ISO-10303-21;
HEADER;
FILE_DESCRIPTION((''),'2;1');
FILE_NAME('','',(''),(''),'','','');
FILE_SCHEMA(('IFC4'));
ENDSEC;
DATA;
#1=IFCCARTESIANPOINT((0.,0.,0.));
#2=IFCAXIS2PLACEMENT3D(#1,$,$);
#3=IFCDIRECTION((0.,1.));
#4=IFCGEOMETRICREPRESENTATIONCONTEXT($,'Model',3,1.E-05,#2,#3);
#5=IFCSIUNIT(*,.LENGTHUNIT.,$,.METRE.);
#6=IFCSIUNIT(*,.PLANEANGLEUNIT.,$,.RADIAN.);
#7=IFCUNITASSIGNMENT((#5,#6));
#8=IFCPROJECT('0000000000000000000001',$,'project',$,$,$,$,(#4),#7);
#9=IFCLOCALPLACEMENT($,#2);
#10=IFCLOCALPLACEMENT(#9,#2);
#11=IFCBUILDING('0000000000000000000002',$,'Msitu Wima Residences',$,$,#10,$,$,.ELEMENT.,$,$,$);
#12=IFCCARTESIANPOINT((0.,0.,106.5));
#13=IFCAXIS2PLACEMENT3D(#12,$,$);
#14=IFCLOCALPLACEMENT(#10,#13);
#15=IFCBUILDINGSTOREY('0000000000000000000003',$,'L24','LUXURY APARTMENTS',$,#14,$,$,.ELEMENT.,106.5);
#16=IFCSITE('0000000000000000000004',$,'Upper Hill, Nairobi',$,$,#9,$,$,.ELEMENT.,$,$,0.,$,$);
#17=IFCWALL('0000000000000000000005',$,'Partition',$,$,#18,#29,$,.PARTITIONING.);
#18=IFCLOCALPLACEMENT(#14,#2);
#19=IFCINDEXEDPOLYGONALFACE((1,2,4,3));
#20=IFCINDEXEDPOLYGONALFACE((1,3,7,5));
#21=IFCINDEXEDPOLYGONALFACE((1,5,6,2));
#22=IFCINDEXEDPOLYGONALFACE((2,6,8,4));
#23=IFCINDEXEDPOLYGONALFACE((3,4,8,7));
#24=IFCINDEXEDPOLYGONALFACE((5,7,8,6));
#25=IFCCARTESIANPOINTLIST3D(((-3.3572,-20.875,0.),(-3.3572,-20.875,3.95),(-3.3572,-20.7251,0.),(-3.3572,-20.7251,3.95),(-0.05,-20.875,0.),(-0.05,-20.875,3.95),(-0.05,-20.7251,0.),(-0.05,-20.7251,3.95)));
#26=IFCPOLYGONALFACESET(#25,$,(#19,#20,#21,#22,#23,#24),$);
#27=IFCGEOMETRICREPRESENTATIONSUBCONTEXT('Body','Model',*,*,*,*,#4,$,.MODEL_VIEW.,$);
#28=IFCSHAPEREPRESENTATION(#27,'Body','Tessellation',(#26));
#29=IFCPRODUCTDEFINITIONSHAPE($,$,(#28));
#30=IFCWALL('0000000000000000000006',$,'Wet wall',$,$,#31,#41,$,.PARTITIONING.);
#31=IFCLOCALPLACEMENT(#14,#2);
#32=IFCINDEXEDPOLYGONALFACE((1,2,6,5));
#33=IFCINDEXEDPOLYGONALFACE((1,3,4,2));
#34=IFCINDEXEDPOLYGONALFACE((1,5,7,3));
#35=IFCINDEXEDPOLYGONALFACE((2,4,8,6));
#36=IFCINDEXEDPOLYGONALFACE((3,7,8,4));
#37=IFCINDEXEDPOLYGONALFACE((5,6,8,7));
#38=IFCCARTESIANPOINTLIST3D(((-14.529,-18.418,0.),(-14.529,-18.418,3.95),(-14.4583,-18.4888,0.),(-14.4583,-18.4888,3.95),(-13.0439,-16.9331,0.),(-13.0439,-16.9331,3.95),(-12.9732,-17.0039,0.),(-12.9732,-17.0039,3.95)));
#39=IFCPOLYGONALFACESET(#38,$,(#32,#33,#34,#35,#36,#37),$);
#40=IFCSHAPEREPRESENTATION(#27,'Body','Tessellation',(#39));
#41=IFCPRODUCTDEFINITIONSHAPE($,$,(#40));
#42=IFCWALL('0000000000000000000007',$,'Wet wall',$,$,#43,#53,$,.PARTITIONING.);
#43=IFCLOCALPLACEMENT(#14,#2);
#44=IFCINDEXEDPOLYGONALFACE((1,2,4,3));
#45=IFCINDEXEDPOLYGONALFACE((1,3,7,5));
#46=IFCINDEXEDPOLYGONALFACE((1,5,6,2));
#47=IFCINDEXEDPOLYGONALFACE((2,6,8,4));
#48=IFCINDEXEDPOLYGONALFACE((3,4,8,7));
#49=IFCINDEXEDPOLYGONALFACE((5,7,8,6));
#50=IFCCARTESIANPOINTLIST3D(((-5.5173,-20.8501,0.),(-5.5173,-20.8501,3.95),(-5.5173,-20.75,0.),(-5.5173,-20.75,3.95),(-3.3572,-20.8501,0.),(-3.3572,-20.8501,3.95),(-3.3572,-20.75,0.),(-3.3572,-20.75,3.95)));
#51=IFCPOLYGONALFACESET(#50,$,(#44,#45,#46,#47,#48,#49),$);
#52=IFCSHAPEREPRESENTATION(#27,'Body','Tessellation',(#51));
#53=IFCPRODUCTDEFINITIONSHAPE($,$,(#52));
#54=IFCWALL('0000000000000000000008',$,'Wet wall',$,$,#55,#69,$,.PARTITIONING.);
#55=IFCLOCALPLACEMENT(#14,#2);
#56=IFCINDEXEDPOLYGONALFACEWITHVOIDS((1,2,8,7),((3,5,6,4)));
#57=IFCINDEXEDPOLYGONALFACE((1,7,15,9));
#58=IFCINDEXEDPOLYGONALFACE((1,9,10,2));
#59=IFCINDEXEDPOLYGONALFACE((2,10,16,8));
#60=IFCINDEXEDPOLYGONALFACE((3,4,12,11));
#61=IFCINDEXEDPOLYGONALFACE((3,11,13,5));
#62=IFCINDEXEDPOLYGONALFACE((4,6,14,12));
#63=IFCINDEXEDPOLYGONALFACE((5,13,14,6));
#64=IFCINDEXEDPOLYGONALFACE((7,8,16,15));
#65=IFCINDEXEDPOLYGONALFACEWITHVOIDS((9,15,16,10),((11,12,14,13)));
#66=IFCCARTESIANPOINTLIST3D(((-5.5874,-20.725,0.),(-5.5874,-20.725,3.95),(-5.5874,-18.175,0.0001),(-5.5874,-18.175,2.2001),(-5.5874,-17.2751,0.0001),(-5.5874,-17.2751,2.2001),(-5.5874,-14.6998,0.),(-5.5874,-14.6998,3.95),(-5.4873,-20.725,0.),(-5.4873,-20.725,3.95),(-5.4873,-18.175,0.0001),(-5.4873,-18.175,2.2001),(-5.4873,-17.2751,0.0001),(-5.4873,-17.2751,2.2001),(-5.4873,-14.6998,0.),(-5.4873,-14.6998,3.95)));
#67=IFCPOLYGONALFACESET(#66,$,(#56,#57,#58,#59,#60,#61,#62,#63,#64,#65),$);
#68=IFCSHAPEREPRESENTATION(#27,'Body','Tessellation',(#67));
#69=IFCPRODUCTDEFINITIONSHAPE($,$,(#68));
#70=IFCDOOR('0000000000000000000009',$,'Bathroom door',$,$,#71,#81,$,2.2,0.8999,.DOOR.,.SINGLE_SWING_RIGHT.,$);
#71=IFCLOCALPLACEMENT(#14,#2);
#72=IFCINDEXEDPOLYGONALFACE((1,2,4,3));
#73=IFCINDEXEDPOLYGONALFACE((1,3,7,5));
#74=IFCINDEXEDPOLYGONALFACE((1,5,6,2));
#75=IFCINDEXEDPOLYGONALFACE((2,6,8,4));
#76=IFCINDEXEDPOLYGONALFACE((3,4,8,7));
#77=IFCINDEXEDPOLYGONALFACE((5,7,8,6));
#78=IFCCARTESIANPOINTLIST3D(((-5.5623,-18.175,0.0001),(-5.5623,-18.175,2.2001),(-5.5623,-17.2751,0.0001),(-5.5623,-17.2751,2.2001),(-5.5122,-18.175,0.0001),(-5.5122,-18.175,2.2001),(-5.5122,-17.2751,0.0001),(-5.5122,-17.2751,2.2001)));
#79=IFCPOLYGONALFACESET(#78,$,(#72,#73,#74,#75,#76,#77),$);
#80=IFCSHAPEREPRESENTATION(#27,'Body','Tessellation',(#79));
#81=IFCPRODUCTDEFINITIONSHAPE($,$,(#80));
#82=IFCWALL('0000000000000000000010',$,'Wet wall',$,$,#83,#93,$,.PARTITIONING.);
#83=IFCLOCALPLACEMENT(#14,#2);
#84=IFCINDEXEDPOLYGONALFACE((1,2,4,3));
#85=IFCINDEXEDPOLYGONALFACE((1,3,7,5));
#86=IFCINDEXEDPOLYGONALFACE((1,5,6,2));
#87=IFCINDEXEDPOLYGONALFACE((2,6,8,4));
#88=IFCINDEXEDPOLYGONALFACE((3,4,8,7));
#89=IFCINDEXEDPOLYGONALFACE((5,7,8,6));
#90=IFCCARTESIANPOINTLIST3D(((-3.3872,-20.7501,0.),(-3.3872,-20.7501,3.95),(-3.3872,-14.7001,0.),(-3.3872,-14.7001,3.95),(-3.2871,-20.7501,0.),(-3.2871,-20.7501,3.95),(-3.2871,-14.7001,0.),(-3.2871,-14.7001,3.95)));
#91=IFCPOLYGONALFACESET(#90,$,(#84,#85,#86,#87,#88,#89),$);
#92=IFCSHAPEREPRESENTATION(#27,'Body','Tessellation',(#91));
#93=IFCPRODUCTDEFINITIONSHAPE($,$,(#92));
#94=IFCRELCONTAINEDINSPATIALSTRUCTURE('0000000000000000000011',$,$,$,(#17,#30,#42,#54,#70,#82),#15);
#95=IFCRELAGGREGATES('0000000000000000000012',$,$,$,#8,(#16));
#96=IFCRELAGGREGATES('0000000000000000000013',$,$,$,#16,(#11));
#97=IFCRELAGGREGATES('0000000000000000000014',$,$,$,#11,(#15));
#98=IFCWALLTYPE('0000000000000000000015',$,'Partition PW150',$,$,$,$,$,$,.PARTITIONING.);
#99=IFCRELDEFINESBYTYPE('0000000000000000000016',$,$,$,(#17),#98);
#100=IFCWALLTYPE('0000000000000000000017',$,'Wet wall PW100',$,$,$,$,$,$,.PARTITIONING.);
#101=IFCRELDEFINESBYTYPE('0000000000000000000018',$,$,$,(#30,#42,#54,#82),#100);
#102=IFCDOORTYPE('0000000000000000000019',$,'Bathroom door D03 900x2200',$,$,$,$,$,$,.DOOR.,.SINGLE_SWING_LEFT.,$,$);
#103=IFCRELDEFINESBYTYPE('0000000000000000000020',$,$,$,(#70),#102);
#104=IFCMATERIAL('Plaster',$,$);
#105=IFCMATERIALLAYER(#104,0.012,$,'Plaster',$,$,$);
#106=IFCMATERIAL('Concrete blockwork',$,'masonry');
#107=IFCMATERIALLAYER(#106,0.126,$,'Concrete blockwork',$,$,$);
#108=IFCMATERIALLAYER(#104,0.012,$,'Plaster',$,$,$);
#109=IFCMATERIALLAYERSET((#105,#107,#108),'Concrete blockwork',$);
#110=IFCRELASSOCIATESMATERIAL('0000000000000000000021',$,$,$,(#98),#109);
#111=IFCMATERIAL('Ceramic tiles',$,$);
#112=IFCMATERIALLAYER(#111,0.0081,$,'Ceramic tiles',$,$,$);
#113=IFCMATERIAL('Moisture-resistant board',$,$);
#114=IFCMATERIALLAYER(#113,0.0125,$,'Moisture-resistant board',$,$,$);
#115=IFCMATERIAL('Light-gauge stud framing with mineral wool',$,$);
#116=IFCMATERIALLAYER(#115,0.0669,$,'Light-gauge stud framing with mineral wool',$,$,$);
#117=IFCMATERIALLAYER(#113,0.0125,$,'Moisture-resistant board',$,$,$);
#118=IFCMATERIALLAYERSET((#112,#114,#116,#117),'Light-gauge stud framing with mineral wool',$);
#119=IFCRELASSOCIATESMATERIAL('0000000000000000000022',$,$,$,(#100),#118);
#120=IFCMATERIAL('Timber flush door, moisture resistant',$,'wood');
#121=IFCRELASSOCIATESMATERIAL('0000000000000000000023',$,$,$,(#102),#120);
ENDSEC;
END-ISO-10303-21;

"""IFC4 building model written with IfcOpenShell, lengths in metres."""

from ifc_helpers import new_model, si_unit, direction, frame, frame_2d, origin, place, context, subcontext, project, spatial, rectangle, extrude, material, layer, layer_set, type_object, element, fill, save


model = new_model("IFC4")

# Units and contexts
model_context = context("Model", 3, precision=1e-05, world=origin(), true_north=direction((0.0, 1.0)))
body_context = subcontext(model_context, "Body", "Model", "MODEL_VIEW")
ifc_project = project(units=[si_unit("LENGTHUNIT", "METRE"), si_unit("PLANEANGLEUNIT", "RADIAN")], contexts=[model_context])

# Site, building, storey
site_placement = place(None, origin())
site = spatial("IfcSite", under=ifc_project, at=site_placement, Name="Upper Hill, Nairobi", CompositionType="ELEMENT", RefElevation=0.0)
building_placement = place(site_placement, origin())
building = spatial("IfcBuilding", under=site, at=building_placement, Name="Msitu Wima Residences", CompositionType="ELEMENT")
storey_placement = place(building_placement, frame((0.0, 0.0, 106.5)))
storey = spatial("IfcBuildingStorey", under=building, at=storey_placement, Name="L24", Description="LUXURY APARTMENTS", CompositionType="ELEMENT", Elevation=106.5)

# Shared definitions
ifc_material_1 = material(Name="Plaster")
ifc_layer_1 = layer(ifc_material_1, 0.012, Name="Plaster")
ifc_material_2 = material(Name="Concrete blockwork", Category="masonry")
ifc_layer_2 = layer(ifc_material_2, 0.126, Name="Concrete blockwork")
ifc_layer_3 = layer(ifc_material_1, 0.012, Name="Plaster")
ifc_layer_set_1 = layer_set([ifc_layer_1, ifc_layer_2, ifc_layer_3], Name="Concrete blockwork")
wall_type_1 = type_object("IfcWallType", Name="Partition PW150", PredefinedType="PARTITIONING", material=ifc_layer_set_1)

# Walls
wall_1_placement = place(storey_placement, frame((-3.3572, -20.8, 0.0), z_axis=(0.0, 0.0, 1.0), x_axis=(1.0, 0.0, 0.0)))
element("IfcWall", 1, at=wall_1_placement, inside=storey, type_object=wall_type_1, Name="Partition", PredefinedType="PARTITIONING", context=body_context, shape_type="SweptSolid", body=[
    extrude(rectangle(XDim=3.3071, YDim=0.1499, at=frame_2d((1.6536, 0.0))), origin(), (0.0, 0.0, 1.0), 3.95),
])
ifc_material_3 = material(Name="Ceramic tiles")
ifc_layer_4 = layer(ifc_material_3, 0.0081, Name="Ceramic tiles")
ifc_material_4 = material(Name="Moisture-resistant board")
ifc_layer_5 = layer(ifc_material_4, 0.0125, Name="Moisture-resistant board")
ifc_material_5 = material(Name="Light-gauge stud framing with mineral wool")
ifc_layer_6 = layer(ifc_material_5, 0.0669, Name="Light-gauge stud framing with mineral wool")
ifc_layer_7 = layer(ifc_material_4, 0.0125, Name="Moisture-resistant board")
ifc_layer_set_2 = layer_set([ifc_layer_4, ifc_layer_5, ifc_layer_6, ifc_layer_7], Name="Light-gauge stud framing with mineral wool")
wall_type_2 = type_object("IfcWallType", Name="Wet wall PW100", PredefinedType="PARTITIONING", material=ifc_layer_set_2)
wall_2_placement = place(storey_placement, frame((-14.4937, -18.4534, 0.0), z_axis=(0.0, 0.0, 1.0), x_axis=(0.707165, 0.707049, 0.0)))
element("IfcWall", 2, at=wall_2_placement, inside=storey, type_object=wall_type_2, Name="Wet wall", PredefinedType="PARTITIONING", context=body_context, shape_type="SweptSolid", body=[
    extrude(rectangle(XDim=2.1001, YDim=0.1001, at=frame_2d((1.05, 0.0))), origin(), (0.0, 0.0, 1.0), 3.95),
])
wall_3_placement = place(storey_placement, frame((-5.5173, -20.8, 0.0), z_axis=(0.0, 0.0, 1.0), x_axis=(1.0, 0.0, 0.0)))
element("IfcWall", 3, at=wall_3_placement, inside=storey, type_object=wall_type_2, Name="Wet wall", PredefinedType="PARTITIONING", context=body_context, shape_type="SweptSolid", body=[
    extrude(rectangle(XDim=2.1602, YDim=0.1001, at=frame_2d((1.0801, 0.0))), origin(), (0.0, 0.0, 1.0), 3.95),
])

# Wall, opening, door
wall_4_placement = place(storey_placement, frame((-5.5374, -20.7251, 0.0), z_axis=(0.0, 0.0, 1.0), x_axis=(0.0, 1.0, 0.0)))
wall_4 = element("IfcWall", 4, at=wall_4_placement, inside=storey, type_object=wall_type_2, Name="Wet wall", PredefinedType="PARTITIONING", context=body_context, shape_type="SweptSolid", body=[
    extrude(rectangle(XDim=6.0251, YDim=0.1001, at=frame_2d((3.0127, 0.0))), origin(), (0.0, 0.0, 1.0), 3.95),
])
opening_1_placement = place(wall_4_placement, frame((2.55, 0.0, 0.0)))
opening_1 = element("IfcOpeningElement", 5, at=opening_1_placement, cuts=wall_4, PredefinedType="OPENING", context=body_context, shape_type="SweptSolid", body=[
    extrude(rectangle(XDim=0.8999, YDim=2.2, at=frame_2d((0.45, 1.1001))), frame((0.0, 0.0601, 0.0), z_axis=(0.0, -1.0, 0.0), x_axis=(1.0, 0.0, 0.0)), (0.0, 0.0, 1.0), 0.1201),
])
ifc_material_6 = material(Name="Timber flush door, moisture resistant", Category="wood")
door_type_1 = type_object("IfcDoorType", Name="Bathroom door D03 900x2200", OperationType="SINGLE_SWING_LEFT", PredefinedType="DOOR", material=ifc_material_6)
door_1_placement = place(opening_1_placement, origin())
door_1 = element("IfcDoor", 6, at=door_1_placement, inside=storey, type_object=door_type_1, Name="Bathroom door", OperationType="SINGLE_SWING_RIGHT", OverallHeight=2.2, OverallWidth=0.8999, PredefinedType="DOOR", context=body_context, shape_type="SweptSolid", body=[
    extrude(rectangle(XDim=0.8999, YDim=2.2, at=frame_2d((0.45, 1.1001))), frame((0.0, 0.0249, 0.0), z_axis=(0.0, -1.0, 0.0), x_axis=(1.0, 0.0, 0.0)), (0.0, 0.0, 1.0), 0.05),
])
fill(opening_1, door_1)

# Wall
wall_5_placement = place(storey_placement, frame((-3.3372, -20.75, 0.0), z_axis=(0.0, 0.0, 1.0), x_axis=(0.0, 1.0, 0.0)))
element("IfcWall", 7, at=wall_5_placement, inside=storey, type_object=wall_type_2, Name="Wet wall", PredefinedType="PARTITIONING", context=body_context, shape_type="SweptSolid", body=[
    extrude(rectangle(XDim=6.05, YDim=0.1001, at=frame_2d((3.0249, 0.0))), origin(), (0.0, 0.0, 1.0), 3.95),
])

save(model, "model.ifc")
